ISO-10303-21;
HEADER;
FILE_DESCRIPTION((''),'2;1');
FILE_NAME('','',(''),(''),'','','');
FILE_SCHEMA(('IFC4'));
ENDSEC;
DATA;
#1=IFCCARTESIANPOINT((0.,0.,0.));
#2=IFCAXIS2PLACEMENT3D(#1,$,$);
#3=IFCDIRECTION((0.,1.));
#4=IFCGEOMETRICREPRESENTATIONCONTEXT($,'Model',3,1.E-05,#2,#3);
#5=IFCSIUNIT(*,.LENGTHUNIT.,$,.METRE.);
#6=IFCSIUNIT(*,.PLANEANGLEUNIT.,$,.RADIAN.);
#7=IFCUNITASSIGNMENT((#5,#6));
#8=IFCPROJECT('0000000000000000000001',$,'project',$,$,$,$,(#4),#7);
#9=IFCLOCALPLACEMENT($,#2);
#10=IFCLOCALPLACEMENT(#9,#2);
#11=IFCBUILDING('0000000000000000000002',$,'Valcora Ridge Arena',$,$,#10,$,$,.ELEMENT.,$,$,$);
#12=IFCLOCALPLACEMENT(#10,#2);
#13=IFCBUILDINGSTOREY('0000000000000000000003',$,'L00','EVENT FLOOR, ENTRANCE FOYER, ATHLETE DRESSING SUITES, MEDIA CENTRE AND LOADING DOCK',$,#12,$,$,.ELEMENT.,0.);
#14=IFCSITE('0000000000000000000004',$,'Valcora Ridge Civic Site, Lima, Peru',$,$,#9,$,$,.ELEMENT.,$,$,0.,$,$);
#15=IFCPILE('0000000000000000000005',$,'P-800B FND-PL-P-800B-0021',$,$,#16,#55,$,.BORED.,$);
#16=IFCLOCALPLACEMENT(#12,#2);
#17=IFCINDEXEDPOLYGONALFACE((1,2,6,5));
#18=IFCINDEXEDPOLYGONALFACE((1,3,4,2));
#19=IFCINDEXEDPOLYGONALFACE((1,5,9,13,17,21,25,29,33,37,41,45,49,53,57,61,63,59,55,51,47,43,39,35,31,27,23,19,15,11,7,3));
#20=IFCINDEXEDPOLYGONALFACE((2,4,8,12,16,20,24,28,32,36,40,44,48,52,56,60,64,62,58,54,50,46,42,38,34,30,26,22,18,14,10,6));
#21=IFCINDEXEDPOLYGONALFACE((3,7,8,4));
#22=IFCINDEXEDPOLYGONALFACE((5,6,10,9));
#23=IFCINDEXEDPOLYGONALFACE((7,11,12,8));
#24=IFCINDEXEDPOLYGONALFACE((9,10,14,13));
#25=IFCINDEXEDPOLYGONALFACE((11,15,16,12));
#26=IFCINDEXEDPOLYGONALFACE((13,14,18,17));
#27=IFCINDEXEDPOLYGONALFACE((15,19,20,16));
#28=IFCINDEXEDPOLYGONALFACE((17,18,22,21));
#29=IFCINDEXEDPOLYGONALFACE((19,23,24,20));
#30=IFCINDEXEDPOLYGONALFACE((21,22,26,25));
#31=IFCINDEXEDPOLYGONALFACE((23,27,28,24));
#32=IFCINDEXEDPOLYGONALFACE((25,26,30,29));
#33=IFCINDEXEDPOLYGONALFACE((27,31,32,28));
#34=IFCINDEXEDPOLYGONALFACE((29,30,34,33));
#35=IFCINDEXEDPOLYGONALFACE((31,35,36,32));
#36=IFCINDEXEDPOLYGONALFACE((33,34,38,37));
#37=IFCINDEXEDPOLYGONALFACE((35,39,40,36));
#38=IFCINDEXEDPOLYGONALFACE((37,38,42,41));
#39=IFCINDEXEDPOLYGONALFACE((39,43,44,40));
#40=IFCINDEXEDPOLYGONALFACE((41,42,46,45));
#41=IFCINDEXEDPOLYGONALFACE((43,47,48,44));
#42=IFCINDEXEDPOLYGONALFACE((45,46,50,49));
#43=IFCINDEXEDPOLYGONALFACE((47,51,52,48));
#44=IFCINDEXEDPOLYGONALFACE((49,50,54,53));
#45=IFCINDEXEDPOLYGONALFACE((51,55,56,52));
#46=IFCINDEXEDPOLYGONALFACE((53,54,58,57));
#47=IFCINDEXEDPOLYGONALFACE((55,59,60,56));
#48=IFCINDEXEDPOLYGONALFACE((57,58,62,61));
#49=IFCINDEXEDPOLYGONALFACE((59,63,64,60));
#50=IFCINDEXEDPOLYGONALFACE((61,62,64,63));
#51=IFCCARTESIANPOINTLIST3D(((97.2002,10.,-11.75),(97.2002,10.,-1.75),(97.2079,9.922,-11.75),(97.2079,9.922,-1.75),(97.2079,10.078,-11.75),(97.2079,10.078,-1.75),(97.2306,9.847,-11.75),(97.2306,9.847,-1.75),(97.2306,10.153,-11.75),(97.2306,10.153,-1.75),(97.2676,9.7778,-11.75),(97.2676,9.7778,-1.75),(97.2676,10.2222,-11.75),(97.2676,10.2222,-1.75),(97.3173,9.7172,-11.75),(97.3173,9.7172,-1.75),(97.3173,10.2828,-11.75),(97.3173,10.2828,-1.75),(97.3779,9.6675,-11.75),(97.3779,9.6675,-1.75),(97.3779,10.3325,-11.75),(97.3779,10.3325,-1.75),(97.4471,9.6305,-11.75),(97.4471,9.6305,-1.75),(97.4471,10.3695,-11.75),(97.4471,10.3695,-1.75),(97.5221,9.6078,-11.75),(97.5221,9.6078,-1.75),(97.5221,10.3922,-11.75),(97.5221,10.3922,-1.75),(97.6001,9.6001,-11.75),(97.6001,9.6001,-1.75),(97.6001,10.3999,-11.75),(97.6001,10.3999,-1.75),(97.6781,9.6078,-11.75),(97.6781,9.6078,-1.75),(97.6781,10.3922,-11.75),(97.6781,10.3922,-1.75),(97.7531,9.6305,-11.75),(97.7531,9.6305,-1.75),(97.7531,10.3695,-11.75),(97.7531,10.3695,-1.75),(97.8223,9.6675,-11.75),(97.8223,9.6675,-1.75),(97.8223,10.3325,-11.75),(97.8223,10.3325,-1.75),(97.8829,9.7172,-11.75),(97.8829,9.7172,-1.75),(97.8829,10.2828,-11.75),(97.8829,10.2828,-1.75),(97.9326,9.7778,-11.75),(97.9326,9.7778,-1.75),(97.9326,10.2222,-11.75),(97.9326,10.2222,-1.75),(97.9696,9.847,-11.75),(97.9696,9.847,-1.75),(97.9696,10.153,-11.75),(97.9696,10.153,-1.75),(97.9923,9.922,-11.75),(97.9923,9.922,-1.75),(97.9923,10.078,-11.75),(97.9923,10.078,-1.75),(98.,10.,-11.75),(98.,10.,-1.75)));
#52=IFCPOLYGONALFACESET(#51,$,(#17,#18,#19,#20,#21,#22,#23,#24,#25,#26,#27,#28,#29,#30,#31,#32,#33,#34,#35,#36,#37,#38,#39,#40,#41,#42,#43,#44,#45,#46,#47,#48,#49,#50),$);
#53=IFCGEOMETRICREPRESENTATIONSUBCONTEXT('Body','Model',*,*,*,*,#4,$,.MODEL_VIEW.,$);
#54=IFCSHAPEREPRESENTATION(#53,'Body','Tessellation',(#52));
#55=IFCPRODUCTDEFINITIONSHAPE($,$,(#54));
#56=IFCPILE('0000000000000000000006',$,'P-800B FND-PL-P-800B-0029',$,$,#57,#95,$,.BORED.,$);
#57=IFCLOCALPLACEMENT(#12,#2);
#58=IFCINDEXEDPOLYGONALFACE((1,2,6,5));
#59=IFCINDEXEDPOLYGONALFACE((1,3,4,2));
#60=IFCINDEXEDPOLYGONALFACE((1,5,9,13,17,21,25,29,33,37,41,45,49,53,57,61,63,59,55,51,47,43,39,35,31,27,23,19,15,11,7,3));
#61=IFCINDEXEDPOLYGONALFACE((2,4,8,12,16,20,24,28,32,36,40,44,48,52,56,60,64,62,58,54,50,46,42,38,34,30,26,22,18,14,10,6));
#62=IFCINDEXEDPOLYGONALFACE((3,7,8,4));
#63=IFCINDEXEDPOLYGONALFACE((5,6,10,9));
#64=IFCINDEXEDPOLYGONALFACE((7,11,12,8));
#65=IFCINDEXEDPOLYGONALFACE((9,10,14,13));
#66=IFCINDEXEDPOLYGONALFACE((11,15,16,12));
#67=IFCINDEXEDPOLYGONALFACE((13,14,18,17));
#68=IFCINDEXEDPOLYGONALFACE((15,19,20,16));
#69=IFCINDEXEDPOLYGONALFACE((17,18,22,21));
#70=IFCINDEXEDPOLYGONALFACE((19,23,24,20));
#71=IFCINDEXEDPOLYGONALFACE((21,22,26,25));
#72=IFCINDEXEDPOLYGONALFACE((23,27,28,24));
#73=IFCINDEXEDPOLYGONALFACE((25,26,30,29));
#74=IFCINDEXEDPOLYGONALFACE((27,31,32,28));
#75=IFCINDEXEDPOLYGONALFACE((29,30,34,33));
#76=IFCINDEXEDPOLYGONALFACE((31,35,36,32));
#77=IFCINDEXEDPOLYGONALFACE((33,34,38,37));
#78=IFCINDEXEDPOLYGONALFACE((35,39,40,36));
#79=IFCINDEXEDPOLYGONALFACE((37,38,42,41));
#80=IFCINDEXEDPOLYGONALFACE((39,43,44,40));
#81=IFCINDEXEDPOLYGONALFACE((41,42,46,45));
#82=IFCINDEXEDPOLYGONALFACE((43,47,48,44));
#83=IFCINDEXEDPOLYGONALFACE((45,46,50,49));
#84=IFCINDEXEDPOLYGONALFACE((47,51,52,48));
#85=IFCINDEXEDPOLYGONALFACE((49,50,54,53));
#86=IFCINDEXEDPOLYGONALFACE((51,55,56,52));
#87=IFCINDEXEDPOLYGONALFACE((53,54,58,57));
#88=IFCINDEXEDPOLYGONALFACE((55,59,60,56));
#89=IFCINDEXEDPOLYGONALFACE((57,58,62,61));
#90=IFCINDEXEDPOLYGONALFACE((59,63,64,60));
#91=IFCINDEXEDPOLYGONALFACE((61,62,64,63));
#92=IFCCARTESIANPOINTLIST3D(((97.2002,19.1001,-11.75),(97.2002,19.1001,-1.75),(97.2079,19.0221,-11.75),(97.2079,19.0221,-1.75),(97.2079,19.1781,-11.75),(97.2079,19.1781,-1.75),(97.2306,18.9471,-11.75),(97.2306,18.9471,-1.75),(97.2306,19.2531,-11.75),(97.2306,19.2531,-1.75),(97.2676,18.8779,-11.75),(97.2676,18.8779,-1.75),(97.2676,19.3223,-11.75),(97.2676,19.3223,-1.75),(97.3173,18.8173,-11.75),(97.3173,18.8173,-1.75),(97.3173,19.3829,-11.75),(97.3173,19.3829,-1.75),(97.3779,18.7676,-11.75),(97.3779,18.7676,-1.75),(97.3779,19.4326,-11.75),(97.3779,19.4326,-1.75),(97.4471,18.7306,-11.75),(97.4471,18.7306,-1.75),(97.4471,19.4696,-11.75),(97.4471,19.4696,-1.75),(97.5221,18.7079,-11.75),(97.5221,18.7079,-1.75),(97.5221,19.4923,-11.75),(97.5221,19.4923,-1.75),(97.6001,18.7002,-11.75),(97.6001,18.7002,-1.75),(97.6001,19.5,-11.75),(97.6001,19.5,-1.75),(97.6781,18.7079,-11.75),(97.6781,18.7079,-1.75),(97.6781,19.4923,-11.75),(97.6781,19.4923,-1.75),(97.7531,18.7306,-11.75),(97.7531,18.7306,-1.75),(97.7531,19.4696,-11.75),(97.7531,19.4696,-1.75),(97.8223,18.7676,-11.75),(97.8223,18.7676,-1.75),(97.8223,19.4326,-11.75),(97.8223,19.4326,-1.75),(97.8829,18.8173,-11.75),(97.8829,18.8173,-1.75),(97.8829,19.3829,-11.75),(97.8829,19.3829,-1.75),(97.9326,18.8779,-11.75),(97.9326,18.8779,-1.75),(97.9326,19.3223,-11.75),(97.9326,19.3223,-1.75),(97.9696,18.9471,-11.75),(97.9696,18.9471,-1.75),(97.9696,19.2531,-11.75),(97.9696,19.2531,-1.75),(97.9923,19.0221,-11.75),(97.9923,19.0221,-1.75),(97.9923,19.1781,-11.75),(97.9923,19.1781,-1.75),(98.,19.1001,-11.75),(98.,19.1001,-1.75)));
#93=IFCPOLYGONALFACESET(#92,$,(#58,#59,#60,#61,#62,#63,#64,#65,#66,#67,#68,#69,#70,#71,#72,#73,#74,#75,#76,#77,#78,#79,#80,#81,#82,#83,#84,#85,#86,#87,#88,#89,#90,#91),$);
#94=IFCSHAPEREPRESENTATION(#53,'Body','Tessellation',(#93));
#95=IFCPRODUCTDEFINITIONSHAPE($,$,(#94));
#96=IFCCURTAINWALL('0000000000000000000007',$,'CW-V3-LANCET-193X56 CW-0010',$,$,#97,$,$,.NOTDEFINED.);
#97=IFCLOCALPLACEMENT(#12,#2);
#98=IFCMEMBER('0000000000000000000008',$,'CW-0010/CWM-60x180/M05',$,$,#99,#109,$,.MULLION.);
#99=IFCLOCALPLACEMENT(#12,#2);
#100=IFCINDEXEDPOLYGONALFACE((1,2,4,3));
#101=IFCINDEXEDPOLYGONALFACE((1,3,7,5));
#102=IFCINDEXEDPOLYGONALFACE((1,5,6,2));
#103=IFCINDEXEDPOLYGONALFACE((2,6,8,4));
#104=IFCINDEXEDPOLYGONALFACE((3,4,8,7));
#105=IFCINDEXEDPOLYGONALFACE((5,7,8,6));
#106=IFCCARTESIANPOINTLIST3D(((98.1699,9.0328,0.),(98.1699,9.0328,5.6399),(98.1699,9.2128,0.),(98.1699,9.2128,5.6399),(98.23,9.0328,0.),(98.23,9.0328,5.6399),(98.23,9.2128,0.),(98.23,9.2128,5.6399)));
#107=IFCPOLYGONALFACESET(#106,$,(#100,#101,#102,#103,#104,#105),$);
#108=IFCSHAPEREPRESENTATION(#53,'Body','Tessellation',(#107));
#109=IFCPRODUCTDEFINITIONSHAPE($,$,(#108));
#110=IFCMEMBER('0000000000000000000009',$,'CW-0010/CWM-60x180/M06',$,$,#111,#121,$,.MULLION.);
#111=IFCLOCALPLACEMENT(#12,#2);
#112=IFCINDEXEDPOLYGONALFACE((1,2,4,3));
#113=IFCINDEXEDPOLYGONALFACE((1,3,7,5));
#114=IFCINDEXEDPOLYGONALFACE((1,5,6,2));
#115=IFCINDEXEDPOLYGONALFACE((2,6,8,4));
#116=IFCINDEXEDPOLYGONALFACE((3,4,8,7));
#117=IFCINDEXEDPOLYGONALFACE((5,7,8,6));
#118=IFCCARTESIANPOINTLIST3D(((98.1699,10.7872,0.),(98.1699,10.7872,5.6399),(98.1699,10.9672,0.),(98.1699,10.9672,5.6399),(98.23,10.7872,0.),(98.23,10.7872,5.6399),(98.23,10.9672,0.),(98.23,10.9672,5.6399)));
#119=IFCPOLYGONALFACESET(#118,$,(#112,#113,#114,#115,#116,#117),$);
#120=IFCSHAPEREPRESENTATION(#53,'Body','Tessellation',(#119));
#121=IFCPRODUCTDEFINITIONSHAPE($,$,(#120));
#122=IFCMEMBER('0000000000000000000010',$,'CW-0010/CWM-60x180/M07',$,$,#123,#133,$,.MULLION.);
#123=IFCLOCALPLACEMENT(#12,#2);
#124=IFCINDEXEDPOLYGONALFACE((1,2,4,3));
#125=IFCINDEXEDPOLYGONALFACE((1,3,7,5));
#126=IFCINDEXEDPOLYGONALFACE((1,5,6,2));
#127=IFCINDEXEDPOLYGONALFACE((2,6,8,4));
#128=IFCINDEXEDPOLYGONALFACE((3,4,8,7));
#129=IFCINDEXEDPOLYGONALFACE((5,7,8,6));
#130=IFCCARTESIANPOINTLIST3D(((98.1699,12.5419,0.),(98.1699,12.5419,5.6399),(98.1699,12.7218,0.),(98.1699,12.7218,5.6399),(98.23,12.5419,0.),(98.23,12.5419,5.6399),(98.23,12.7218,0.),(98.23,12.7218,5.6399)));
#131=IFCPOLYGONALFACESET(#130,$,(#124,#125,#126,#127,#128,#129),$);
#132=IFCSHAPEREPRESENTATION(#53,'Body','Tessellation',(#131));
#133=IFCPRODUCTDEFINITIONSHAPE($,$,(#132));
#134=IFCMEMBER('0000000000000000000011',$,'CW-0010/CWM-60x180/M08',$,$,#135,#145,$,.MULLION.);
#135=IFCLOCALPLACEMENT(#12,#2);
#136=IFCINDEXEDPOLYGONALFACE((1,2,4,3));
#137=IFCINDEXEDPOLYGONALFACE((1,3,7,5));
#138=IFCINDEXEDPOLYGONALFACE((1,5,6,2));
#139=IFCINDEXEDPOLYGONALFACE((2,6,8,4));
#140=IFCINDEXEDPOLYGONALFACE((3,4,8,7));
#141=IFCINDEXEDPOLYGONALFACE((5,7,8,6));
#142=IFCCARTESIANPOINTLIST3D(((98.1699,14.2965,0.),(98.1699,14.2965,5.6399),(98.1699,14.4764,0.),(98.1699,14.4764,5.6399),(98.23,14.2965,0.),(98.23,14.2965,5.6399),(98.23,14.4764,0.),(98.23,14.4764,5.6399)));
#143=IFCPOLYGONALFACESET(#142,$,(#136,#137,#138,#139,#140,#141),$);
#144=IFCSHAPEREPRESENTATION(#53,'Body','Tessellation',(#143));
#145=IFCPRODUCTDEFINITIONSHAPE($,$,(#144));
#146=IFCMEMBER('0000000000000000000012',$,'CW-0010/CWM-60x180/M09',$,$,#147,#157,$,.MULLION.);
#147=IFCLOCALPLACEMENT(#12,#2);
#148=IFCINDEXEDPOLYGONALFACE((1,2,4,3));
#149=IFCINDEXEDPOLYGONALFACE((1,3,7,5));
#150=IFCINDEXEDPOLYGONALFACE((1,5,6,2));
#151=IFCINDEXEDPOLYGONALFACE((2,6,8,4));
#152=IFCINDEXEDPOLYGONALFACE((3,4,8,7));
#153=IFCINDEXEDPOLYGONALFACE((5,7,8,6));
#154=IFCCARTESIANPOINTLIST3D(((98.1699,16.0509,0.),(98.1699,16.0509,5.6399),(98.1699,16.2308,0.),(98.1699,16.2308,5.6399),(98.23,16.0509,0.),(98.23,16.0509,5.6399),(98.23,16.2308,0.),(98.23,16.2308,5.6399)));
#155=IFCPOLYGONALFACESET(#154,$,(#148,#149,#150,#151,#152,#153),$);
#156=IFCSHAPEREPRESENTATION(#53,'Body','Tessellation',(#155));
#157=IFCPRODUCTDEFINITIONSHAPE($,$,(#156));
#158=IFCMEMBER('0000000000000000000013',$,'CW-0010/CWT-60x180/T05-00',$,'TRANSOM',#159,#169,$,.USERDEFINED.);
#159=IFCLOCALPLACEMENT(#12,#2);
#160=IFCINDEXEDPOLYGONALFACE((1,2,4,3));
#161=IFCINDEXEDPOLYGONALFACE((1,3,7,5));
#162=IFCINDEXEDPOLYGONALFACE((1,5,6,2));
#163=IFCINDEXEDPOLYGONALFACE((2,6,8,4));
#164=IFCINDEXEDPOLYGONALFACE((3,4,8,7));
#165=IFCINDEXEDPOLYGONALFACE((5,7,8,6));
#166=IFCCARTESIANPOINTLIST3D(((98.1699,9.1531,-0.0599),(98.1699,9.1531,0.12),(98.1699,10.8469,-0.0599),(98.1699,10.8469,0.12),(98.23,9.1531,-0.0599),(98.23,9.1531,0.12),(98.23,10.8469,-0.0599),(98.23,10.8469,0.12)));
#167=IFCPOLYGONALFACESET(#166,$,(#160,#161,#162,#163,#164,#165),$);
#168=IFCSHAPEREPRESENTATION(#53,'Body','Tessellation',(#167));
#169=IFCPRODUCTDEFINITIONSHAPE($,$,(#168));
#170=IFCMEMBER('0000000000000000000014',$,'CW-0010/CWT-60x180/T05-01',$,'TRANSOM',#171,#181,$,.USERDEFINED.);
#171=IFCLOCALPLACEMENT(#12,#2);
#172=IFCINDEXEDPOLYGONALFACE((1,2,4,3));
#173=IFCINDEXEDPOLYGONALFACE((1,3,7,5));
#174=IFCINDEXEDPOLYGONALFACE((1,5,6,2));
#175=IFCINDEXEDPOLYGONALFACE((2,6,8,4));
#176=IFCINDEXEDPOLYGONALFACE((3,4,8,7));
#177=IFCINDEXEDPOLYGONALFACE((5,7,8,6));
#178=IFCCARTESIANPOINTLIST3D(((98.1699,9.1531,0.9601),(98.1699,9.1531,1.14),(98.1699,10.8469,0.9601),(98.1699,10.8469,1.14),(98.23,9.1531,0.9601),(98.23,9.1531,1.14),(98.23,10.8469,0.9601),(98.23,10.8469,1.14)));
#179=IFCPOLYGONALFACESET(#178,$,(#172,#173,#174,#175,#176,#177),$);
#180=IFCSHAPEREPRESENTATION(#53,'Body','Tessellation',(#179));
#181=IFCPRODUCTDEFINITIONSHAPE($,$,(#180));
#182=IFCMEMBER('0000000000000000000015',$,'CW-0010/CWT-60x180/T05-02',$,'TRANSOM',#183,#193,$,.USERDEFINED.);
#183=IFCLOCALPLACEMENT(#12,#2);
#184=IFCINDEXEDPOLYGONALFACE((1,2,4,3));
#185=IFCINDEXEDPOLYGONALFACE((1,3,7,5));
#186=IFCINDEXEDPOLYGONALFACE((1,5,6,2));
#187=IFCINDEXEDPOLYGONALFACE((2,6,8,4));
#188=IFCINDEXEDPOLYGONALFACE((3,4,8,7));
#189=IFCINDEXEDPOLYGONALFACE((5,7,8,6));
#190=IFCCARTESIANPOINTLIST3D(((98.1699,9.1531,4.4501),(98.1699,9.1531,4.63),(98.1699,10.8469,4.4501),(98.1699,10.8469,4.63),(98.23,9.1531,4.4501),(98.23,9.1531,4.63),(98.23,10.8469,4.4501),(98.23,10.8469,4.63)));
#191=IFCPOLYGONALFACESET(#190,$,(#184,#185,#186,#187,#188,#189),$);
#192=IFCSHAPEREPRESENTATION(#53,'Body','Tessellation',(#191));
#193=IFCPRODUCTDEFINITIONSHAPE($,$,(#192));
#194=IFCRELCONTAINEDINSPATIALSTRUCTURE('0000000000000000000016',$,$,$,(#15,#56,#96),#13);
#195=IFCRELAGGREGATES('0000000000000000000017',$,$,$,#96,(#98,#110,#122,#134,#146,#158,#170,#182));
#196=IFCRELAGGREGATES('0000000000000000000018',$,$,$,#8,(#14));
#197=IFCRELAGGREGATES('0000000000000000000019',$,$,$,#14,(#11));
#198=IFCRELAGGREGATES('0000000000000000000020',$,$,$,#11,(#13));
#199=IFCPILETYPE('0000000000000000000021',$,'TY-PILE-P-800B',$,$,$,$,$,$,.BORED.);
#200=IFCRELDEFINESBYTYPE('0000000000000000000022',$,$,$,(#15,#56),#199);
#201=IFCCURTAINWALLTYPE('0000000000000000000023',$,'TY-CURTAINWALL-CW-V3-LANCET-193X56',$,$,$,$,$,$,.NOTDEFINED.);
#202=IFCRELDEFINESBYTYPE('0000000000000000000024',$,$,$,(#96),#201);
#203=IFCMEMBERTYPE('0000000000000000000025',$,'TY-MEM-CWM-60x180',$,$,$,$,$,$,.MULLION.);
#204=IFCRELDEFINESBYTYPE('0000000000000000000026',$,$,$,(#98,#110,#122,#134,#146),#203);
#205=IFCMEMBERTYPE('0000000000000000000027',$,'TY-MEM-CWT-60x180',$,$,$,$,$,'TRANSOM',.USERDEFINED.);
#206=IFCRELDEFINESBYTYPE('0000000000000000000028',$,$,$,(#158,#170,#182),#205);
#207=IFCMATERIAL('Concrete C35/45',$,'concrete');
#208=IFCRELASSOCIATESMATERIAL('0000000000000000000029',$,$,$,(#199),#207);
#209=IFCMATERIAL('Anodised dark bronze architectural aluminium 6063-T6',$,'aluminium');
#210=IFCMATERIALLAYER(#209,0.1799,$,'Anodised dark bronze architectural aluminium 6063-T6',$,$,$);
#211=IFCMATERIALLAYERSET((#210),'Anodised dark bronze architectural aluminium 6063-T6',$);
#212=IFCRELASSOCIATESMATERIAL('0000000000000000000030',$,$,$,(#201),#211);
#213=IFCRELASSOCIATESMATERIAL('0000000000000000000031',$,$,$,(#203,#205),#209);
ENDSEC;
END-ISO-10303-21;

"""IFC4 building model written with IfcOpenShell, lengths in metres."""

from ifc_helpers import new_model, si_unit, direction, frame, origin, origin_2d, place, context, subcontext, project, spatial, rectangle, circle, extrude, material, layer, layer_set, material_profile, profile_set, type_object, element, aggregate, save


model = new_model("IFC4")

# Units and contexts
model_context = context("Model", 3, precision=1e-05, world=origin(), true_north=direction((0.0, 1.0)))
body_context = subcontext(model_context, "Body", "Model", "MODEL_VIEW")
ifc_project = project(units=[si_unit("LENGTHUNIT", "METRE"), si_unit("PLANEANGLEUNIT", "RADIAN")], contexts=[model_context])

# Site, building, storey
site_placement = place(None, origin())
site = spatial("IfcSite", under=ifc_project, at=site_placement, Name="Valcora Ridge Civic Site, Lima, Peru", CompositionType="ELEMENT", RefElevation=0.0)
building_placement = place(site_placement, origin())
building = spatial("IfcBuilding", under=site, at=building_placement, Name="Valcora Ridge Arena", CompositionType="ELEMENT")
storey_placement = place(building_placement, origin())
storey = spatial("IfcBuildingStorey", under=building, at=storey_placement, Name="L00", Description="EVENT FLOOR, ENTRANCE FOYER, ATHLETE DRESSING SUITES, MEDIA CENTRE AND LOADING DOCK", CompositionType="ELEMENT", Elevation=0.0)

# Piles
ifc_material_1 = material(Name="Concrete C35/45", Category="concrete")
ifc_material_profile_1 = material_profile(ifc_material_1, circle(Radius=0.3999, at=origin_2d()), Name="BORED PILE D800")
ifc_profile_set_1 = profile_set([ifc_material_profile_1], Name="Concrete C35/45")
pile_type = type_object("IfcPileType", Name="TY-PILE-P-800B", PredefinedType="BORED", material=ifc_profile_set_1)
for number, where, z_axis, x_axis, name in (
    (1, (97.6001, 10.0, -1.75), (0.0, 0.0, -1.0), (1.0, 0.0, 0.0), "P-800B FND-PL-P-800B-0021"),
    (2, (97.6001, 19.1001, -1.75), (0.0, 0.0, -1.0), (1.0, 0.0, 0.0), "P-800B FND-PL-P-800B-0029"),
):
    element("IfcPile", number, at=place(storey_placement, frame(where, z_axis=z_axis, x_axis=x_axis)), inside=storey, type_object=pile_type, Name=name, PredefinedType="BORED", context=body_context, shape_type="SweptSolid", body=[
        extrude(circle(Radius=0.3999, at=origin_2d()), origin(), (0.0, 0.0, 1.0), 10.0),
    ])

# Curtain wall, members
ifc_material_2 = material(Name="Anodised dark bronze architectural aluminium 6063-T6", Category="aluminium")
ifc_layer_1 = layer(ifc_material_2, 0.1799, Name="Anodised dark bronze architectural aluminium 6063-T6")
ifc_layer_set_1 = layer_set([ifc_layer_1], Name="Anodised dark bronze architectural aluminium 6063-T6")
curtain_wall_type = type_object("IfcCurtainWallType", Name="TY-CURTAINWALL-CW-V3-LANCET-193X56", PredefinedType="NOTDEFINED", material=ifc_layer_set_1)
curtain_wall_placement = place(storey_placement, origin())
curtain_wall = element("IfcCurtainWall", 3, at=curtain_wall_placement, inside=storey, type_object=curtain_wall_type, Name="CW-V3-LANCET-193X56 CW-0010", PredefinedType="NOTDEFINED")
ifc_material_profile_2 = material_profile(ifc_material_2, rectangle(XDim=0.0601, YDim=0.1799, at=origin_2d()), Name="ALU MULLION 60x180")
ifc_profile_set_2 = profile_set([ifc_material_profile_2], Name="Anodised dark bronze architectural aluminium 6063-T6")
member_type_1 = type_object("IfcMemberType", Name="TY-MEM-CWM-60x180", PredefinedType="MULLION", material=ifc_profile_set_2)
member_1_placement = place(storey_placement, frame((98.2, 9.1228, 0.0), z_axis=(0.0, 0.0, 1.0), x_axis=(-1.0, 0.0, 0.0)))
member_1 = element("IfcMember", 4, at=member_1_placement, type_object=member_type_1, Name="CW-0010/CWM-60x180/M05", PredefinedType="MULLION", context=body_context, shape_type="SweptSolid", body=[
    extrude(rectangle(XDim=0.0601, YDim=0.1799, at=origin_2d()), origin(), (0.0, 0.0, 1.0), 5.6399),
])
member_2_placement = place(storey_placement, frame((98.2, 10.8772, 0.0), z_axis=(0.0, 0.0, 1.0), x_axis=(-1.0, 0.0, 0.0)))
member_2 = element("IfcMember", 5, at=member_2_placement, type_object=member_type_1, Name="CW-0010/CWM-60x180/M06", PredefinedType="MULLION", context=body_context, shape_type="SweptSolid", body=[
    extrude(rectangle(XDim=0.0601, YDim=0.1799, at=origin_2d()), origin(), (0.0, 0.0, 1.0), 5.6399),
])
member_3_placement = place(storey_placement, frame((98.2, 12.6318, 0.0), z_axis=(0.0, 0.0, 1.0), x_axis=(-1.0, 0.0, 0.0)))
member_3 = element("IfcMember", 6, at=member_3_placement, type_object=member_type_1, Name="CW-0010/CWM-60x180/M07", PredefinedType="MULLION", context=body_context, shape_type="SweptSolid", body=[
    extrude(rectangle(XDim=0.0601, YDim=0.1799, at=origin_2d()), origin(), (0.0, 0.0, 1.0), 5.6399),
])
member_4_placement = place(storey_placement, frame((98.2, 14.3865, 0.0), z_axis=(0.0, 0.0, 1.0), x_axis=(-1.0, 0.0, 0.0)))
member_4 = element("IfcMember", 7, at=member_4_placement, type_object=member_type_1, Name="CW-0010/CWM-60x180/M08", PredefinedType="MULLION", context=body_context, shape_type="SweptSolid", body=[
    extrude(rectangle(XDim=0.0601, YDim=0.1799, at=origin_2d()), origin(), (0.0, 0.0, 1.0), 5.6399),
])
member_5_placement = place(storey_placement, frame((98.2, 16.1409, 0.0), z_axis=(0.0, 0.0, 1.0), x_axis=(-1.0, 0.0, 0.0)))
member_5 = element("IfcMember", 8, at=member_5_placement, type_object=member_type_1, Name="CW-0010/CWM-60x180/M09", PredefinedType="MULLION", context=body_context, shape_type="SweptSolid", body=[
    extrude(rectangle(XDim=0.0601, YDim=0.1799, at=origin_2d()), origin(), (0.0, 0.0, 1.0), 5.6399),
])
ifc_material_profile_3 = material_profile(ifc_material_2, rectangle(XDim=0.0601, YDim=0.1799, at=origin_2d()), Name="ALU TRANSOM 60x180")
ifc_profile_set_3 = profile_set([ifc_material_profile_3], Name="Anodised dark bronze architectural aluminium 6063-T6")
member_type_2 = type_object("IfcMemberType", Name="TY-MEM-CWT-60x180", ElementType="TRANSOM", PredefinedType="USERDEFINED", material=ifc_profile_set_3)
member_6_placement = place(storey_placement, frame((98.2, 9.1531, 0.03), z_axis=(0.0, 1.0, 0.0), x_axis=(-1.0, 0.0, 0.0)))
member_6 = element("IfcMember", 9, at=member_6_placement, type_object=member_type_2, Name="CW-0010/CWT-60x180/T05-00", ObjectType="TRANSOM", PredefinedType="USERDEFINED", context=body_context, shape_type="SweptSolid", body=[
    extrude(rectangle(XDim=0.0601, YDim=0.1799, at=origin_2d()), origin(), (0.0, 0.0, 1.0), 1.6938),
])
member_7_placement = place(storey_placement, frame((98.2, 9.1531, 1.05), z_axis=(0.0, 1.0, 0.0), x_axis=(-1.0, 0.0, 0.0)))
member_7 = element("IfcMember", 10, at=member_7_placement, type_object=member_type_2, Name="CW-0010/CWT-60x180/T05-01", ObjectType="TRANSOM", PredefinedType="USERDEFINED", context=body_context, shape_type="SweptSolid", body=[
    extrude(rectangle(XDim=0.0601, YDim=0.1799, at=origin_2d()), origin(), (0.0, 0.0, 1.0), 1.6938),
])
member_8_placement = place(storey_placement, frame((98.2, 9.1531, 4.54), z_axis=(0.0, 1.0, 0.0), x_axis=(-1.0, 0.0, 0.0)))
member_8 = element("IfcMember", 11, at=member_8_placement, type_object=member_type_2, Name="CW-0010/CWT-60x180/T05-02", ObjectType="TRANSOM", PredefinedType="USERDEFINED", context=body_context, shape_type="SweptSolid", body=[
    extrude(rectangle(XDim=0.0601, YDim=0.1799, at=origin_2d()), origin(), (0.0, 0.0, 1.0), 1.6938),
])
aggregate(curtain_wall, [member_1, member_2, member_3, member_4, member_5, member_6, member_7, member_8])

save(model, "model.ifc")
